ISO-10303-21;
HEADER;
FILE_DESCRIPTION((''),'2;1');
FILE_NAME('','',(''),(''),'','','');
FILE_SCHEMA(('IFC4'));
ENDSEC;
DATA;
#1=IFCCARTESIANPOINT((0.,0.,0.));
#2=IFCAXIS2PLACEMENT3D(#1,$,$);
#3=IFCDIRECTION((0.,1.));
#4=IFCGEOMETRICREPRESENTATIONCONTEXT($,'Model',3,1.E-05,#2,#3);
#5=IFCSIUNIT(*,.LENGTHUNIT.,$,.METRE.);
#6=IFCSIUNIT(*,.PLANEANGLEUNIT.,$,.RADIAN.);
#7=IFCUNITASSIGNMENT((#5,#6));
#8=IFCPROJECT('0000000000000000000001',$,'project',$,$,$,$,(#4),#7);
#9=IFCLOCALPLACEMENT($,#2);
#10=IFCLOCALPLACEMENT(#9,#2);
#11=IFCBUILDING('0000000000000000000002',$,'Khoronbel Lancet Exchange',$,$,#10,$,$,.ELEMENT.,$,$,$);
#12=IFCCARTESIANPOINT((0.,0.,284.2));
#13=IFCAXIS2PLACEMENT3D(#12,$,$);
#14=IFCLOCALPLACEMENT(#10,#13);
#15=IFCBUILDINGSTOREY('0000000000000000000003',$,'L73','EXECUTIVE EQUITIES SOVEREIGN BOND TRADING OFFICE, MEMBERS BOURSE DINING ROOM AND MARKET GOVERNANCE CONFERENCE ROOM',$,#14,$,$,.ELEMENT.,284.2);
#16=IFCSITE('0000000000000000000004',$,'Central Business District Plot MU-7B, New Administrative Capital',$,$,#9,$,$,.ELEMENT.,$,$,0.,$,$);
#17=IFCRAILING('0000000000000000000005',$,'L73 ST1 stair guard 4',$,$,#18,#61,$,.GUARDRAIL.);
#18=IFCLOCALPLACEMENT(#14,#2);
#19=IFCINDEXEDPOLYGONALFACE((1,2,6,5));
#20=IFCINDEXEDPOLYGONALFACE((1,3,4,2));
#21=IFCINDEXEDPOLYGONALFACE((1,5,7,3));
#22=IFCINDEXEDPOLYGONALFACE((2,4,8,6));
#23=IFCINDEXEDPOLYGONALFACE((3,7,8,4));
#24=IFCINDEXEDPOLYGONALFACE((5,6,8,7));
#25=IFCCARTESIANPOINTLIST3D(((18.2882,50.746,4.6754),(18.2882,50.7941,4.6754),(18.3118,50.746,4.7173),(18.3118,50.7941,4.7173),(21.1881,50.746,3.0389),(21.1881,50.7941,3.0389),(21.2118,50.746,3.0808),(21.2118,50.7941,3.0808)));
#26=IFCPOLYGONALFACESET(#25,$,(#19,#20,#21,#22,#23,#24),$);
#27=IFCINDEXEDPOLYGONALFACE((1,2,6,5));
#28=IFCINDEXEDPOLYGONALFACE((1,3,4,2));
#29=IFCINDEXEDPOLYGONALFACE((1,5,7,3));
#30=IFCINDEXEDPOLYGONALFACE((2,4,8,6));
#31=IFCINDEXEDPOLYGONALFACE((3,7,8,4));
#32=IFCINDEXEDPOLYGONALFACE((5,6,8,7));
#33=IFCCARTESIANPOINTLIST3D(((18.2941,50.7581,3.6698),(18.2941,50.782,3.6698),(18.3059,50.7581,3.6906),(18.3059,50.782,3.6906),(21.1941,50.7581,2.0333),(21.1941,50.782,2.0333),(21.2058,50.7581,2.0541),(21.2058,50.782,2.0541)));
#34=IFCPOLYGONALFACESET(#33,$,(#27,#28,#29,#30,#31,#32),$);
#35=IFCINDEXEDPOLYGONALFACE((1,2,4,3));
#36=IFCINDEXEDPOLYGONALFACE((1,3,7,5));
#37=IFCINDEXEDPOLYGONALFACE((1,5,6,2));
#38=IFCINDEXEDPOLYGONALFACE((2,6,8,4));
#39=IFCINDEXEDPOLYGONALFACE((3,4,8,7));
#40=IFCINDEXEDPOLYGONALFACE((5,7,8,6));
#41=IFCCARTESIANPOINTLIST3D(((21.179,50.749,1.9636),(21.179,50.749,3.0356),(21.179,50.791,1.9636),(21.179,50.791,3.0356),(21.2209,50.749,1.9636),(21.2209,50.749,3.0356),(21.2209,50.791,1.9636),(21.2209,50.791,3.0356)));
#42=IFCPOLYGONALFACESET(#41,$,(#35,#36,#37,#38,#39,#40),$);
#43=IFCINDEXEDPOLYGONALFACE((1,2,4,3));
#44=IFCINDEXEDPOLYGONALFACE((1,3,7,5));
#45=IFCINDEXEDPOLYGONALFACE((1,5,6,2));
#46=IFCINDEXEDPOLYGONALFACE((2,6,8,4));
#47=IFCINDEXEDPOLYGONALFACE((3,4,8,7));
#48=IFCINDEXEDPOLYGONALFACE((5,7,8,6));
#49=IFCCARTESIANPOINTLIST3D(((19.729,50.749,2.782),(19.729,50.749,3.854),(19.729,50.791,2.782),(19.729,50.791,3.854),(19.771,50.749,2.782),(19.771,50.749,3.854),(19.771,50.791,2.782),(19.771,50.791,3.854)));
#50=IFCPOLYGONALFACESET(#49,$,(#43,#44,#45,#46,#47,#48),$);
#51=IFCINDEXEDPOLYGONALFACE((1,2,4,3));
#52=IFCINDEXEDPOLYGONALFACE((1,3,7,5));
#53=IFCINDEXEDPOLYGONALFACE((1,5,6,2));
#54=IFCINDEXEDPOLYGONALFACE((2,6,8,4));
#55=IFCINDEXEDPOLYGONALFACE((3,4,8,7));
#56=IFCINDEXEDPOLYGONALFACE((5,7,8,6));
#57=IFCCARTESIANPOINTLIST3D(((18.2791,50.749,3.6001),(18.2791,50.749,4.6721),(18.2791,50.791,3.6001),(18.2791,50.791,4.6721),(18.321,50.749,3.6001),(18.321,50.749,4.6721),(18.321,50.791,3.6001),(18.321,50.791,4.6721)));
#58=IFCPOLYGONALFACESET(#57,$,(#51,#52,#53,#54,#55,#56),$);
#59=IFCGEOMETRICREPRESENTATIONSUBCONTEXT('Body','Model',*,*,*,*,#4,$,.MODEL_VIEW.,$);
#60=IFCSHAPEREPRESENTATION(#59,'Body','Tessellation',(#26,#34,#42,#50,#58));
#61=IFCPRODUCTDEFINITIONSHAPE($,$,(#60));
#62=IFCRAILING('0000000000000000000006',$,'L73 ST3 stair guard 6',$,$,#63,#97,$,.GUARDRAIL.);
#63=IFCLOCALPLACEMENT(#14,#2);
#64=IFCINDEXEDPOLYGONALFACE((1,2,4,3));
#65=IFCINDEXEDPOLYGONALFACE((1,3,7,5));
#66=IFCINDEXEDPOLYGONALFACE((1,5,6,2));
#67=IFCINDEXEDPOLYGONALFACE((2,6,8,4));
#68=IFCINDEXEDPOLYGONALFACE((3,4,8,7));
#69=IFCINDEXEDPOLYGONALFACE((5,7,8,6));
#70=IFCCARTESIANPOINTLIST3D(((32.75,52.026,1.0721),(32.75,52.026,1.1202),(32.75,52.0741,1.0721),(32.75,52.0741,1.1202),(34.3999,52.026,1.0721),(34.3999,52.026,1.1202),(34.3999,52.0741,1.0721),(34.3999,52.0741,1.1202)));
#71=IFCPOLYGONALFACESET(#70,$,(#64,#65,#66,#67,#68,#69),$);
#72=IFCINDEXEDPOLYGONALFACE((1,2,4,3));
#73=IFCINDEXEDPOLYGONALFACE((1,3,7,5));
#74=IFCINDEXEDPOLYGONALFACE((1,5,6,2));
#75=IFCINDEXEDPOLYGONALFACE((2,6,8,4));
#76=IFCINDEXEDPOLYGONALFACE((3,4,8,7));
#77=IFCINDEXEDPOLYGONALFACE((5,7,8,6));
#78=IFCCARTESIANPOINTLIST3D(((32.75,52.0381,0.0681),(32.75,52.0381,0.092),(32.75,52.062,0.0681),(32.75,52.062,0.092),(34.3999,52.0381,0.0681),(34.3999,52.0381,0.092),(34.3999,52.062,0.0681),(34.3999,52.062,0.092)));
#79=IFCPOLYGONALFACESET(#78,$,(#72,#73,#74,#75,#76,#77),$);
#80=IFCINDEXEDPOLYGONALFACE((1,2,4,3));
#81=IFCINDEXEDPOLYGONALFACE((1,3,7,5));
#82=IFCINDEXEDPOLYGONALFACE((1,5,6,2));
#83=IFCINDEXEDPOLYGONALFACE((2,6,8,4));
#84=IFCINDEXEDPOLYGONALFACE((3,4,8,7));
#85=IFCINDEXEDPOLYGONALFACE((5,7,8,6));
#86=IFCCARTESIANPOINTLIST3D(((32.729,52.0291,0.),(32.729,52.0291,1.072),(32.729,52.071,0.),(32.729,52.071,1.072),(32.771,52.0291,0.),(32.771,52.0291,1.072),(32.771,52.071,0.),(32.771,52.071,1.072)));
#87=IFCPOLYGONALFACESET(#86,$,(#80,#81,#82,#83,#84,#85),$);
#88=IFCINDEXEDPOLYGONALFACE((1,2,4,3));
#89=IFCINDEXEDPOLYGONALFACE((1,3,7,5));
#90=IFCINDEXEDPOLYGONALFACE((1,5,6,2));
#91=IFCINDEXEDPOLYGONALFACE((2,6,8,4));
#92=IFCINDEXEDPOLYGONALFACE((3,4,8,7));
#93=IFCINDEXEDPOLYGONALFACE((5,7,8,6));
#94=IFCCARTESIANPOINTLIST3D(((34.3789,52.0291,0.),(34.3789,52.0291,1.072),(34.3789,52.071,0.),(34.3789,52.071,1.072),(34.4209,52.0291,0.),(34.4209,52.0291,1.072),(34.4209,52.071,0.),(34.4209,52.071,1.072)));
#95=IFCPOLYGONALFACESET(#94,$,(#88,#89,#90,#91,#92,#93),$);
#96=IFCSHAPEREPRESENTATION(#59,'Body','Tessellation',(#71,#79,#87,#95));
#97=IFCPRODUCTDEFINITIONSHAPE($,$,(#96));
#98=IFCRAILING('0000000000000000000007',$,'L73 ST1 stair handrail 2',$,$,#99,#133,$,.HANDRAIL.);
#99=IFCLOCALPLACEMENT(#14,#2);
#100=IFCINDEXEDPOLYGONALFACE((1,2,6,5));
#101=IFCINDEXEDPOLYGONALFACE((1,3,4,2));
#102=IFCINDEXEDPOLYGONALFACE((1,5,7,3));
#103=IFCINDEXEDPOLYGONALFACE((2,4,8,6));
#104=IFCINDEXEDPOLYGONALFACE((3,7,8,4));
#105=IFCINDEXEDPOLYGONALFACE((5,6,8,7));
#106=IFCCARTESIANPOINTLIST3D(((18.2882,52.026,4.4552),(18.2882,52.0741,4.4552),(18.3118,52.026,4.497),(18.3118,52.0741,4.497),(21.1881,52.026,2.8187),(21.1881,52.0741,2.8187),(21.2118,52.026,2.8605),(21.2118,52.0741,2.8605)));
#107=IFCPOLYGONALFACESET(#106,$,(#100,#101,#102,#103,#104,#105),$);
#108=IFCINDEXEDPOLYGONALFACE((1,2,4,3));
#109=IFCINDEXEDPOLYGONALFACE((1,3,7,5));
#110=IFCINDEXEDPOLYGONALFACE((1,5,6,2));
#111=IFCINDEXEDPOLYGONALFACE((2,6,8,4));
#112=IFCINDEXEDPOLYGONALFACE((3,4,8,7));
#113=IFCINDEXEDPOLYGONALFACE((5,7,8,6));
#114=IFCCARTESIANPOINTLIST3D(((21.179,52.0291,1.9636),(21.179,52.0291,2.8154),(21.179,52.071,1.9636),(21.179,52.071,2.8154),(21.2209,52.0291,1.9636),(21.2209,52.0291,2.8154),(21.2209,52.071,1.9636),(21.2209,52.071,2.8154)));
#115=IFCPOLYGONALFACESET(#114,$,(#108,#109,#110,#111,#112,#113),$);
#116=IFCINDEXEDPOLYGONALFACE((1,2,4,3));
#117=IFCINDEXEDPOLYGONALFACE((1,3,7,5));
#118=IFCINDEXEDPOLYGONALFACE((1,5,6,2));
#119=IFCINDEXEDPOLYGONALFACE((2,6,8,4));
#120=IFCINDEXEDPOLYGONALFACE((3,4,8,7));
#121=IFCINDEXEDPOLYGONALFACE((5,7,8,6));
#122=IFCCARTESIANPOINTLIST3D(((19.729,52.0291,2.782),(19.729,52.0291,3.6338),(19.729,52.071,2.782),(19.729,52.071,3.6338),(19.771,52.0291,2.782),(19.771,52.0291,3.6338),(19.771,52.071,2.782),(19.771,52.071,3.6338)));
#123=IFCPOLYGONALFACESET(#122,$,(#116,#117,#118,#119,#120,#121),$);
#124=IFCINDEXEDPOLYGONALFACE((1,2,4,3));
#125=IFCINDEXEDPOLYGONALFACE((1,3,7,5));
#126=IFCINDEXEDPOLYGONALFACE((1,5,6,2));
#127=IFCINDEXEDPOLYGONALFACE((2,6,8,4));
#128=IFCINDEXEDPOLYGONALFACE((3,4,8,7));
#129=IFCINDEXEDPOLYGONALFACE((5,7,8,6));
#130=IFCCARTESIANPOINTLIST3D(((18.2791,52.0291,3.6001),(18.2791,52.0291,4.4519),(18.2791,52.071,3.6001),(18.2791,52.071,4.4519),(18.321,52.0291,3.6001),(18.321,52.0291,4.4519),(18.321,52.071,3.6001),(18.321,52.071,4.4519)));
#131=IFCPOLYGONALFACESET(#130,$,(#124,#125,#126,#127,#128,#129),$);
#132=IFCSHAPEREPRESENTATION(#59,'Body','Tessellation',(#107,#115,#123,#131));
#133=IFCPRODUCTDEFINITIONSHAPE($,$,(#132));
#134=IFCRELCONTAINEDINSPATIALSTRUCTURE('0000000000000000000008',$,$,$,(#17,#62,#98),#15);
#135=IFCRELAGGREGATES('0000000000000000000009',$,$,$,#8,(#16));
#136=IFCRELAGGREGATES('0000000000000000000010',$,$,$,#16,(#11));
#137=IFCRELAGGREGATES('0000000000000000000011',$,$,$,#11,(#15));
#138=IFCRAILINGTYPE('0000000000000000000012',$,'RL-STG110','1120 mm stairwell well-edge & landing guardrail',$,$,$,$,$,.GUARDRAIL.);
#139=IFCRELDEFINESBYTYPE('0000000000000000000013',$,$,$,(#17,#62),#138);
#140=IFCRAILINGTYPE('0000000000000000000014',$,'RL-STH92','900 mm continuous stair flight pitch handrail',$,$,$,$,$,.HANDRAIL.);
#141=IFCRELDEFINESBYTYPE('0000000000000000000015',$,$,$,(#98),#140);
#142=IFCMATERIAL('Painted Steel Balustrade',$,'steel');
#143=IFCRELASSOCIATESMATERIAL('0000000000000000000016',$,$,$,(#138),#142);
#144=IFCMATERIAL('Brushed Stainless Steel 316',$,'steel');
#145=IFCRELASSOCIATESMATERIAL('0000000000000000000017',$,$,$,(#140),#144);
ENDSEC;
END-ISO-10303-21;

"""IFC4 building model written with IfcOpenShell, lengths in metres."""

from ifc_helpers import new_model, si_unit, direction, frame, origin, origin_2d, place, context, subcontext, project, spatial, rectangle, extrude, material, type_object, element, save


model = new_model("IFC4")

# Units and contexts
model_context = context("Model", 3, precision=1e-05, world=origin(), true_north=direction((0.0, 1.0)))
body_context = subcontext(model_context, "Body", "Model", "MODEL_VIEW")
ifc_project = project(units=[si_unit("LENGTHUNIT", "METRE"), si_unit("PLANEANGLEUNIT", "RADIAN")], contexts=[model_context])

# Site, building, storey
site_placement = place(None, origin())
site = spatial("IfcSite", under=ifc_project, at=site_placement, Name="Central Business District Plot MU-7B, New Administrative Capital", CompositionType="ELEMENT", RefElevation=0.0)
building_placement = place(site_placement, origin())
building = spatial("IfcBuilding", under=site, at=building_placement, Name="Khoronbel Lancet Exchange", CompositionType="ELEMENT")
storey_placement = place(building_placement, frame((0.0, 0.0, 284.2)))
storey = spatial("IfcBuildingStorey", under=building, at=storey_placement, Name="L73", Description="EXECUTIVE EQUITIES SOVEREIGN BOND TRADING OFFICE, MEMBERS BOURSE DINING ROOM AND MARKET GOVERNANCE CONFERENCE ROOM", CompositionType="ELEMENT", Elevation=284.2)

# Railings
ifc_material_1 = material(Name="Painted Steel Balustrade", Category="steel")
railing_type_1 = type_object("IfcRailingType", Name="RL-STG110", Description="1120 mm stairwell well-edge & landing guardrail", PredefinedType="GUARDRAIL", material=ifc_material_1)
railing_1_placement = place(storey_placement, frame((21.2, 50.77, 1.9636)))
element("IfcRailing", 1, at=railing_1_placement, inside=storey, type_object=railing_type_1, Name="L73 ST1 stair guard 4", PredefinedType="GUARDRAIL", context=body_context, shape_type="SweptSolid", body=[
    extrude(rectangle(XDim=0.0481, YDim=0.0481, at=origin_2d()), frame((0.0, 0.0, 1.0962), z_axis=(-0.870897, 0.0, 0.491465), x_axis=(0.0, -1.0, 0.0)), (0.0, 0.0, 1.0), 3.3298),
    extrude(rectangle(XDim=0.0239, YDim=0.0239, at=origin_2d()), frame((0.0, 0.0, 0.0801), z_axis=(-0.870897, 0.0, 0.491465), x_axis=(0.0, -1.0, 0.0)), (0.0, 0.0, 1.0), 3.3298),
    extrude(rectangle(XDim=0.042, YDim=0.042, at=origin_2d()), origin(), (0.0, 0.0, 1.0), 1.072),
    extrude(rectangle(XDim=0.042, YDim=0.042, at=origin_2d()), frame((-1.45, 0.0, 0.8184)), (0.0, 0.0, 1.0), 1.072),
    extrude(rectangle(XDim=0.042, YDim=0.042, at=origin_2d()), frame((-2.8999, 0.0, 1.6365)), (0.0, 0.0, 1.0), 1.072),
])
railing_2_placement = place(storey_placement, frame((32.75, 52.05, 0.0)))
element("IfcRailing", 2, at=railing_2_placement, inside=storey, type_object=railing_type_1, Name="L73 ST3 stair guard 6", PredefinedType="GUARDRAIL", context=body_context, shape_type="SweptSolid", body=[
    extrude(rectangle(XDim=0.0481, YDim=0.0481, at=origin_2d()), frame((0.0, 0.0, 1.0962), z_axis=(1.0, 0.0, 0.0), x_axis=(0.0, 1.0, 0.0)), (0.0, 0.0, 1.0), 1.6499),
    extrude(rectangle(XDim=0.0239, YDim=0.0239, at=origin_2d()), frame((0.0, 0.0, 0.0801), z_axis=(1.0, 0.0, 0.0), x_axis=(0.0, 1.0, 0.0)), (0.0, 0.0, 1.0), 1.6499),
    extrude(rectangle(XDim=0.042, YDim=0.042, at=origin_2d()), origin(), (0.0, 0.0, 1.0), 1.072),
    extrude(rectangle(XDim=0.042, YDim=0.042, at=origin_2d()), frame((1.6499, 0.0, 0.0)), (0.0, 0.0, 1.0), 1.072),
])
ifc_material_2 = material(Name="Brushed Stainless Steel 316", Category="steel")
railing_type_2 = type_object("IfcRailingType", Name="RL-STH92", Description="900 mm continuous stair flight pitch handrail", PredefinedType="HANDRAIL", material=ifc_material_2)
railing_3_placement = place(storey_placement, frame((21.2, 52.05, 1.9636)))
element("IfcRailing", 3, at=railing_3_placement, inside=storey, type_object=railing_type_2, Name="L73 ST1 stair handrail 2", PredefinedType="HANDRAIL", context=body_context, shape_type="SweptSolid", body=[
    extrude(rectangle(XDim=0.0481, YDim=0.0481, at=origin_2d()), frame((0.0, 0.0, 0.876), z_axis=(-0.870897, 0.0, 0.491465), x_axis=(0.0, -1.0, 0.0)), (0.0, 0.0, 1.0), 3.3298),
    extrude(rectangle(XDim=0.042, YDim=0.042, at=origin_2d()), origin(), (0.0, 0.0, 1.0), 0.8518),
    extrude(rectangle(XDim=0.042, YDim=0.042, at=origin_2d()), frame((-1.45, 0.0, 0.8184)), (0.0, 0.0, 1.0), 0.8518),
    extrude(rectangle(XDim=0.042, YDim=0.042, at=origin_2d()), frame((-2.8999, 0.0, 1.6365)), (0.0, 0.0, 1.0), 0.8518),
])

save(model, "model.ifc")
